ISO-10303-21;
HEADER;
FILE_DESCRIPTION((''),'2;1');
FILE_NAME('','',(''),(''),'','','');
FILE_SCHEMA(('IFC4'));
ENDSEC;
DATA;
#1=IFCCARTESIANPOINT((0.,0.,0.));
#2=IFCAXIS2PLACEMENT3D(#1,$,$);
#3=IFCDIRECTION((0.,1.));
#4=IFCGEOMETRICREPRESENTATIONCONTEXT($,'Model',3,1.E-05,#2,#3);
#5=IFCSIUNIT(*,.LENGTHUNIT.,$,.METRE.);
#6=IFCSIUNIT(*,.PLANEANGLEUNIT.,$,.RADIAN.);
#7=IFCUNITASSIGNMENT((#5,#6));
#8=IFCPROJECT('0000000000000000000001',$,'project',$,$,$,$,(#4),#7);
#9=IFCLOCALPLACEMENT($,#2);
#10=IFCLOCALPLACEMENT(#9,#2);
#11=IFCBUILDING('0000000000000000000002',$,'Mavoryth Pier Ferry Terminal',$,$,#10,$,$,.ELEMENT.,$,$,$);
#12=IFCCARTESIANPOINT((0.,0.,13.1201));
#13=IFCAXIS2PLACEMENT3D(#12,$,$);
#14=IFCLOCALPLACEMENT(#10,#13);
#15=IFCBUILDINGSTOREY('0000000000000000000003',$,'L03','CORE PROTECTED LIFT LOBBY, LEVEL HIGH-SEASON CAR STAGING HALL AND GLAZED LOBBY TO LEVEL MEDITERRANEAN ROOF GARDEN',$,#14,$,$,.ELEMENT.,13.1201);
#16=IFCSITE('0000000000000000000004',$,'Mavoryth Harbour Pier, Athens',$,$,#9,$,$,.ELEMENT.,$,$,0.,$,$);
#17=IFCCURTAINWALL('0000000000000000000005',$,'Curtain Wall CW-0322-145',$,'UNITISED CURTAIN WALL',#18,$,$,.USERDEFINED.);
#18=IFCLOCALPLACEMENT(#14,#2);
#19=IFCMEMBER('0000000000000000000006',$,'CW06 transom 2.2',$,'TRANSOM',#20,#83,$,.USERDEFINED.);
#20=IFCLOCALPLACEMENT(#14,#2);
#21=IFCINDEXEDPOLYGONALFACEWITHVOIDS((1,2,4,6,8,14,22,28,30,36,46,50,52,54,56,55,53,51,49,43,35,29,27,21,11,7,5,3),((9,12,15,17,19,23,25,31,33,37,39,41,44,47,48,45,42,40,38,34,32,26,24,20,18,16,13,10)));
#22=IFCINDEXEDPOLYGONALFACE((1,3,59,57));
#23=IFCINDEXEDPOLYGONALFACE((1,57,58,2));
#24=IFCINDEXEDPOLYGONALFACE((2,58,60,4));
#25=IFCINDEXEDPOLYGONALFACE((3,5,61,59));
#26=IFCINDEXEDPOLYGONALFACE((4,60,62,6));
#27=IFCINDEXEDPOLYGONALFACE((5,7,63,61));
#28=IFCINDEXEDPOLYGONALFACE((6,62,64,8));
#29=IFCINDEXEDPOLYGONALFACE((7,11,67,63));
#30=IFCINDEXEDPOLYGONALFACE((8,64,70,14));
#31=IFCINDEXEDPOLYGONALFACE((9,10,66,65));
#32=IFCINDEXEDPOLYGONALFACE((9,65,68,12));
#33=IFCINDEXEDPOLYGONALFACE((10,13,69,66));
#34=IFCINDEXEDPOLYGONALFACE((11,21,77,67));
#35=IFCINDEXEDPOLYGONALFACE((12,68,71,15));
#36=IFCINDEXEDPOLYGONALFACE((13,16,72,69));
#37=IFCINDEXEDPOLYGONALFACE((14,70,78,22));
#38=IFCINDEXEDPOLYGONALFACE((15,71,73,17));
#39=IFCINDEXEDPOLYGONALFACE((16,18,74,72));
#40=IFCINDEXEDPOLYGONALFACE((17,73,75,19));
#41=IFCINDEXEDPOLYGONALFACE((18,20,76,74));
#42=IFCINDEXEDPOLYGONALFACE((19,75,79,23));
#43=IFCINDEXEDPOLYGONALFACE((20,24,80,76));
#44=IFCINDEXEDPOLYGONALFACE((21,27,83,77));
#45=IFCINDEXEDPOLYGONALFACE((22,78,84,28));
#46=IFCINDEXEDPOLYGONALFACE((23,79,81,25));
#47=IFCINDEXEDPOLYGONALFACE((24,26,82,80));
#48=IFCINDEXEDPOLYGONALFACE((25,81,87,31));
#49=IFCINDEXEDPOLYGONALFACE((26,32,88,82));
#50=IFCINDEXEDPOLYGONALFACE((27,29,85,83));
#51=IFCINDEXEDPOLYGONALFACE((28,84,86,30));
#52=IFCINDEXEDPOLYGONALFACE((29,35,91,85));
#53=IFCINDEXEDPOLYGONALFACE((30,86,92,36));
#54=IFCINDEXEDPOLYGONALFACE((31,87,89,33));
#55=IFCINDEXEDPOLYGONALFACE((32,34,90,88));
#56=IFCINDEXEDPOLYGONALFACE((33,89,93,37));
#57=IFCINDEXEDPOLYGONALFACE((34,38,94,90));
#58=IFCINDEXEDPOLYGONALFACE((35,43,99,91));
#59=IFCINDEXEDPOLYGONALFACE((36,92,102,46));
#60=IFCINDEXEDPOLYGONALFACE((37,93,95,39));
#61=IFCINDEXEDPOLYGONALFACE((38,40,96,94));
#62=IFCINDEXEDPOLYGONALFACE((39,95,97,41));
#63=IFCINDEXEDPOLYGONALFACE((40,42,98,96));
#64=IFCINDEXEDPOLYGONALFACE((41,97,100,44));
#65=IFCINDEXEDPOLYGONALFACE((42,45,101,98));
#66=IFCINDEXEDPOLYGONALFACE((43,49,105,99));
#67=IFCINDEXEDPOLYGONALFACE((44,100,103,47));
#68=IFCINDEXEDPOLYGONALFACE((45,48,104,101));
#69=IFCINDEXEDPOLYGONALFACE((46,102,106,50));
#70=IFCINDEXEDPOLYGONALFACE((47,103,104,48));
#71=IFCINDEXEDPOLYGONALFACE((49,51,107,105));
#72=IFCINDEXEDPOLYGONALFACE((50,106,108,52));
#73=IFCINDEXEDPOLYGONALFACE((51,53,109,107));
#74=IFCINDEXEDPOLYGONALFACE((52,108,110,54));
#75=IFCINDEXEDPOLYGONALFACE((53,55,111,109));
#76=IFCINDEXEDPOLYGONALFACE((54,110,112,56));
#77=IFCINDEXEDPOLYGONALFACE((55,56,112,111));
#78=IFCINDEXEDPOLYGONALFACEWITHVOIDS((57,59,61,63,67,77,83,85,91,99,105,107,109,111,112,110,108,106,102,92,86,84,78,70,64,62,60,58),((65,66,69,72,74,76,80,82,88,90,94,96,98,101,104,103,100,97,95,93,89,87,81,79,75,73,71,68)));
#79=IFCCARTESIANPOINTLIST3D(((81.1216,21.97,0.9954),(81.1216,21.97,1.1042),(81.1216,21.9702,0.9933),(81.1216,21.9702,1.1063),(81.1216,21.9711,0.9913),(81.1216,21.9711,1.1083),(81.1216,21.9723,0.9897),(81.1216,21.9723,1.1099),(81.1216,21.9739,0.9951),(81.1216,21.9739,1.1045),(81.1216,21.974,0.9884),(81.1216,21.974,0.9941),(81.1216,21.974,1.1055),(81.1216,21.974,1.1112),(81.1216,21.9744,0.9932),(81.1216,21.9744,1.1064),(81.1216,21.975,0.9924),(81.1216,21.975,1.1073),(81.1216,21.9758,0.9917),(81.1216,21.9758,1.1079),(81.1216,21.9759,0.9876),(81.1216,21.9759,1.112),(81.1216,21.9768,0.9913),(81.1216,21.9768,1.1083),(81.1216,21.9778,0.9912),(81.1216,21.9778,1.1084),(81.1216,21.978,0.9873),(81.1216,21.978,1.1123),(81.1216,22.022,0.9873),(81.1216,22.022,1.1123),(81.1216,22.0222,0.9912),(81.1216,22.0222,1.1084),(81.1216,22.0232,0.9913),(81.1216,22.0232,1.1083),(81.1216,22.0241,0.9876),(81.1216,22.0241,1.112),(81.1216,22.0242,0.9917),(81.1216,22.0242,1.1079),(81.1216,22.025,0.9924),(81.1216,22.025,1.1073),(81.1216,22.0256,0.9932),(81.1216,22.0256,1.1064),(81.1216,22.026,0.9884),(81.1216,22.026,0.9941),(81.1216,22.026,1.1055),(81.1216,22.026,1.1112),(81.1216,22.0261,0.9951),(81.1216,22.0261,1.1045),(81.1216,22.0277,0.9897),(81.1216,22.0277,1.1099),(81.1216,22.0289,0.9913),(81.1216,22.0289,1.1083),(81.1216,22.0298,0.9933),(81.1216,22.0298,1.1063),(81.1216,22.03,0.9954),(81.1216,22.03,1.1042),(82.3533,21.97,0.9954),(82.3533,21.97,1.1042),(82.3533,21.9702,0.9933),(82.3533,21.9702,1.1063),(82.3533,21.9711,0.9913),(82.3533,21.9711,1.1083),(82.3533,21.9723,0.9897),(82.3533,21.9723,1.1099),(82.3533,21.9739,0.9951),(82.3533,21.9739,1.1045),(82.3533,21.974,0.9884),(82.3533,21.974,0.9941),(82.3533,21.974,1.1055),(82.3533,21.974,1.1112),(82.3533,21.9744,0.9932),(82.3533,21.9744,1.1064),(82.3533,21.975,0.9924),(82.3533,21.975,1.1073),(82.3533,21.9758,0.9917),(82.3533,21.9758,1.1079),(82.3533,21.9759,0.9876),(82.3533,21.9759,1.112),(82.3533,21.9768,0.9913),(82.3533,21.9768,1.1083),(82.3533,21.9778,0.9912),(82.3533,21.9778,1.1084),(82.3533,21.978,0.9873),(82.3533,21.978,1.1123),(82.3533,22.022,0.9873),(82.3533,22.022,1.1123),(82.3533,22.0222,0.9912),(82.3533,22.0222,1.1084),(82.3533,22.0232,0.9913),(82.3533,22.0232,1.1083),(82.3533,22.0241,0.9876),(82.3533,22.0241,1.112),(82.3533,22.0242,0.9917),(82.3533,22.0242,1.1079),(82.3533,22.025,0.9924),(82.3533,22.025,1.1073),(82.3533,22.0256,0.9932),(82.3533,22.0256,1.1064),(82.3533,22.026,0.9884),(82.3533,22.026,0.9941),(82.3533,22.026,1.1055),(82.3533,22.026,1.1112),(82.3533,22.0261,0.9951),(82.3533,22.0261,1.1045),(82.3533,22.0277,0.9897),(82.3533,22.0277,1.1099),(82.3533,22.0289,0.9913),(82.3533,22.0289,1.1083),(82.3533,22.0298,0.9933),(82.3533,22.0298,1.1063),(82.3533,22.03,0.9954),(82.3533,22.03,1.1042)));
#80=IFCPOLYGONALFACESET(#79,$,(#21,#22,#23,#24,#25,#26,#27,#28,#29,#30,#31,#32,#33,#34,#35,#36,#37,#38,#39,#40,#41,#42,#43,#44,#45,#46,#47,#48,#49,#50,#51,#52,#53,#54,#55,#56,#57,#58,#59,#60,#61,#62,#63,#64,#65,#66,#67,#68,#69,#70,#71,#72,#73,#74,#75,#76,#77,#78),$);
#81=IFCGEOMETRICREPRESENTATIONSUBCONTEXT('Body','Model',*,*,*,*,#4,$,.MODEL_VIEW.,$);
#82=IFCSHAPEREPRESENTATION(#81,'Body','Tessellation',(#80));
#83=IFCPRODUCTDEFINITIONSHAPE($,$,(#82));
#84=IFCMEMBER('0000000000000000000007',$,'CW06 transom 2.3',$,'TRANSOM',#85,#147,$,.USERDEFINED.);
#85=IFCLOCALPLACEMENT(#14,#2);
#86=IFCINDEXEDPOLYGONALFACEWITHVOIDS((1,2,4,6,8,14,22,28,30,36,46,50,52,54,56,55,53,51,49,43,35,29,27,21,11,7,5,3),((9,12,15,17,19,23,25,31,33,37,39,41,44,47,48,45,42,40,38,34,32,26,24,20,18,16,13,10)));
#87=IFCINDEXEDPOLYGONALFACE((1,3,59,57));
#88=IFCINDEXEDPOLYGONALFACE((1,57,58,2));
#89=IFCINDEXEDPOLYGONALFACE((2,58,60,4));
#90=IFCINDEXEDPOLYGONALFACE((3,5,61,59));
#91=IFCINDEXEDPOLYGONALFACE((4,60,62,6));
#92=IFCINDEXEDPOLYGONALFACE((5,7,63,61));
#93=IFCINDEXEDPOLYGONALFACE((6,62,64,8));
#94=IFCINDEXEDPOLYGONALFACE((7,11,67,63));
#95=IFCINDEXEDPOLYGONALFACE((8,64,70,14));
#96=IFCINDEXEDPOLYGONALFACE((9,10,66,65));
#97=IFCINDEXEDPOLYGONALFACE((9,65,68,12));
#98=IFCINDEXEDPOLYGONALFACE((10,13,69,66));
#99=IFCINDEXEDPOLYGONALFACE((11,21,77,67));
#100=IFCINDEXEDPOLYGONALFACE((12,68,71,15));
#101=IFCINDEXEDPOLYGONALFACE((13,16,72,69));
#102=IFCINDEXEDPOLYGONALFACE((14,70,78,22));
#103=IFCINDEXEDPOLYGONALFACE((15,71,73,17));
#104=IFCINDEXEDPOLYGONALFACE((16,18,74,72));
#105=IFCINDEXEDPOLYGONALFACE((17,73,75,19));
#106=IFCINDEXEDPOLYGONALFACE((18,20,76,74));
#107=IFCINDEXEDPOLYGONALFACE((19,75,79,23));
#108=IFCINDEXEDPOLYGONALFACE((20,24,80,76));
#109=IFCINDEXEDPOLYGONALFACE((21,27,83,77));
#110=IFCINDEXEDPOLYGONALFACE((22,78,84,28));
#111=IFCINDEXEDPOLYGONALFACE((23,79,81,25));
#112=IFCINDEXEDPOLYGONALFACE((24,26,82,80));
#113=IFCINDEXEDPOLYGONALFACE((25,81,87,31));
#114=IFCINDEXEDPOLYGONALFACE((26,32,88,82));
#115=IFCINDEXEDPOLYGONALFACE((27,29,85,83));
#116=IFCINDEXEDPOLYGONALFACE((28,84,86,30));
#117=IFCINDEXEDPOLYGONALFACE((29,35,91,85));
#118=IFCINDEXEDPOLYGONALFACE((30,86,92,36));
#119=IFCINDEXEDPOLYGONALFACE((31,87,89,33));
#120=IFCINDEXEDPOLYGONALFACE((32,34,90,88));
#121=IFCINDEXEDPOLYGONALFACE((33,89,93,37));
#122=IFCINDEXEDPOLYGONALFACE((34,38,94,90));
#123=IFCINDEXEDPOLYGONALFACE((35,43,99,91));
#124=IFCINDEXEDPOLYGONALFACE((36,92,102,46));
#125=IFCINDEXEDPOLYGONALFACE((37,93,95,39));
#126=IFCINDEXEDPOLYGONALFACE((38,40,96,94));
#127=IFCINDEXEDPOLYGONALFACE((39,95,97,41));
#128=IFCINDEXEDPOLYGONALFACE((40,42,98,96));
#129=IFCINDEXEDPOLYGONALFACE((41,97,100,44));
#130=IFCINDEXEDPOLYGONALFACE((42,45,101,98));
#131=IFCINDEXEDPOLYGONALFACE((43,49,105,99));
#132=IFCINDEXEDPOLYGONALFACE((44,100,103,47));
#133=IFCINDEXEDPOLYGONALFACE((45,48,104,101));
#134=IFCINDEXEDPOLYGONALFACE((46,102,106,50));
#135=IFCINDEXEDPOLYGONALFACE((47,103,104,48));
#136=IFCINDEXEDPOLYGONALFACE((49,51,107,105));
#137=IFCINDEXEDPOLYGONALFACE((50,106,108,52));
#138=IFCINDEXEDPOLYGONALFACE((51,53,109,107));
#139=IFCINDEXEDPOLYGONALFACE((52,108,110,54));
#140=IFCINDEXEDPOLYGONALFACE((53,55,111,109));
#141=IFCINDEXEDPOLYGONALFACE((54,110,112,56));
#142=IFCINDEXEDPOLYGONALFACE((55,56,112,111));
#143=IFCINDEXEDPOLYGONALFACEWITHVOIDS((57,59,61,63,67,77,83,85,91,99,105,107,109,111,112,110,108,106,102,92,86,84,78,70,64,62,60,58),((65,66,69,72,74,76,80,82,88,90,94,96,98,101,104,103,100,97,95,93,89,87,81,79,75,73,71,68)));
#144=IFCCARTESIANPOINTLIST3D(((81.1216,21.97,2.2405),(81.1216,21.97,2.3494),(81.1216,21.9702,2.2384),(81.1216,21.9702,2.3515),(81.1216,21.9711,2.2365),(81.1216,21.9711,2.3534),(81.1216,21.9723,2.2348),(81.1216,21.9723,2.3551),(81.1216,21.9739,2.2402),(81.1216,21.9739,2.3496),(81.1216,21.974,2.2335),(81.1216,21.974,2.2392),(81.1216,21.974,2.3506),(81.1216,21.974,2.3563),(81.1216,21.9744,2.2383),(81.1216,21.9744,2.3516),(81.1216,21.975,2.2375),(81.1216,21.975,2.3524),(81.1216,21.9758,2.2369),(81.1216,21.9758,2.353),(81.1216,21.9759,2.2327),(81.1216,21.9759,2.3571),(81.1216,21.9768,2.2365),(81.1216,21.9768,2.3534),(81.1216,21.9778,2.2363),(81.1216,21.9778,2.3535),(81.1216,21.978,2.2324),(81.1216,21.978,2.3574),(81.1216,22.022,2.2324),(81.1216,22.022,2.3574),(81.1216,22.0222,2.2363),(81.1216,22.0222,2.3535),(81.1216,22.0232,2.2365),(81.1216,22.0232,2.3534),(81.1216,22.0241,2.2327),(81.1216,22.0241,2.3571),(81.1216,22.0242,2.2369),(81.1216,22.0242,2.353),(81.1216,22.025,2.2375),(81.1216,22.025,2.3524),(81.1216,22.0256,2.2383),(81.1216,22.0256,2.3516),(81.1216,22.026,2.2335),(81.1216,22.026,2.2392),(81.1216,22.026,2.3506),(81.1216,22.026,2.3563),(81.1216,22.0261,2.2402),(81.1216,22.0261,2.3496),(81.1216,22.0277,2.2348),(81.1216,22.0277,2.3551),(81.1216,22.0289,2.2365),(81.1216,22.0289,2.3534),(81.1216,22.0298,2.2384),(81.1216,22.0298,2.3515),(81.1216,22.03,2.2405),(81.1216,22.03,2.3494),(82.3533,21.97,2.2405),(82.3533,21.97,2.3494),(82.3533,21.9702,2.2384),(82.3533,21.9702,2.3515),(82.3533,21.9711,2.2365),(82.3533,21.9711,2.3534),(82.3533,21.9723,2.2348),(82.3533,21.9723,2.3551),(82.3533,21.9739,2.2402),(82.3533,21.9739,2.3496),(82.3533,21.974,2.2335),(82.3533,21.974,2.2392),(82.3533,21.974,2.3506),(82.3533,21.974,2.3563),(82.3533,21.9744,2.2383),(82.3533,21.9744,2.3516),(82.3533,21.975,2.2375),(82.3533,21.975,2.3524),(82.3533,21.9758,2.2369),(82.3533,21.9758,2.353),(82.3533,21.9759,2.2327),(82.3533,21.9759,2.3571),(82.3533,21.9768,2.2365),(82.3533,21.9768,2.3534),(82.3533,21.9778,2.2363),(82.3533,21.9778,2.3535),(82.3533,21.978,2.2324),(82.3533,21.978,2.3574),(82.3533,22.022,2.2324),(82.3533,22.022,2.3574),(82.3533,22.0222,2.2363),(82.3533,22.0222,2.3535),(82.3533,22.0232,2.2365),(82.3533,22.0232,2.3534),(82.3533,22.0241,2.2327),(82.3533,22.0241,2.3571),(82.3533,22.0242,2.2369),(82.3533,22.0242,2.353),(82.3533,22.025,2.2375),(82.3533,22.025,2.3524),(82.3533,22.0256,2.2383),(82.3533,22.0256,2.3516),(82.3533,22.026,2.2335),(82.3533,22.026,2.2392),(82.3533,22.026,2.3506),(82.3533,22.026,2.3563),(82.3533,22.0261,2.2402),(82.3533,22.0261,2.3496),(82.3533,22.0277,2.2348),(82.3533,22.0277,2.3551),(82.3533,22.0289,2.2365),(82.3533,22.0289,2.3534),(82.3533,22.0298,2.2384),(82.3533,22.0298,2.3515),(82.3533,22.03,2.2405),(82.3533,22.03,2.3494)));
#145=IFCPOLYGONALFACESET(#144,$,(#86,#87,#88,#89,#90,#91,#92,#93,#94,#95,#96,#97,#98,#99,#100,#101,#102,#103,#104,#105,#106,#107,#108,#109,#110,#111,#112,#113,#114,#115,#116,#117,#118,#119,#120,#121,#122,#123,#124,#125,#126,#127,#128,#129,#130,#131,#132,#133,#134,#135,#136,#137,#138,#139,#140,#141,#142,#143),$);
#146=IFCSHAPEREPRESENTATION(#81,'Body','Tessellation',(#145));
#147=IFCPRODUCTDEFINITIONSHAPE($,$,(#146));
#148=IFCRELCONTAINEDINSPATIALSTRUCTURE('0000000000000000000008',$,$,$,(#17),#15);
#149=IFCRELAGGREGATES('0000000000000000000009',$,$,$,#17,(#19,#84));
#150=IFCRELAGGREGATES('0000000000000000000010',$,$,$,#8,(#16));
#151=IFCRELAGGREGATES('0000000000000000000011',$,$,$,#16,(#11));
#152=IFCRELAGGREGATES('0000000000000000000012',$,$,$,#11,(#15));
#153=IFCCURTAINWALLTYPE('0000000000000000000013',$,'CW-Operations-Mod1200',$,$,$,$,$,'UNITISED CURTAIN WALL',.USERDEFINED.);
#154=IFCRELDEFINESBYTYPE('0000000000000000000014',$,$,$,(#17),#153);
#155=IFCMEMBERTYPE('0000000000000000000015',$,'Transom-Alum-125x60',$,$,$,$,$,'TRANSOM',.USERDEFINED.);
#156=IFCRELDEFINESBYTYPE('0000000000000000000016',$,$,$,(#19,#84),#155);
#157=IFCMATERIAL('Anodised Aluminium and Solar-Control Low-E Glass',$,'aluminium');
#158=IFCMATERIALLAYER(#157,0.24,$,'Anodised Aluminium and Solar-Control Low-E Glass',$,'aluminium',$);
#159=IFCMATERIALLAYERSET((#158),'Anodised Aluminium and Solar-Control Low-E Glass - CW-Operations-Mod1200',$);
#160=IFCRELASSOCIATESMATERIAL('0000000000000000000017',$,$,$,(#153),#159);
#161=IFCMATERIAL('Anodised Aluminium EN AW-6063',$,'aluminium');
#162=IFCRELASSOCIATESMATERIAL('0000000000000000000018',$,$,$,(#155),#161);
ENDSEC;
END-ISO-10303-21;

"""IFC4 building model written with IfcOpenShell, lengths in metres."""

from ifc_helpers import new_model, si_unit, direction, frame, origin, origin_2d, place, context, subcontext, project, spatial, hollow_rectangle, extrude, material, layer, layer_set, material_profile, profile_set, type_object, element, aggregate, save


model = new_model("IFC4")

# Units and contexts
model_context = context("Model", 3, precision=1e-05, world=origin(), true_north=direction((0.0, 1.0)))
body_context = subcontext(model_context, "Body", "Model", "MODEL_VIEW")
ifc_project = project(units=[si_unit("LENGTHUNIT", "METRE"), si_unit("PLANEANGLEUNIT", "RADIAN")], contexts=[model_context])

# Site, building, storey
site_placement = place(None, origin())
site = spatial("IfcSite", under=ifc_project, at=site_placement, Name="Mavoryth Harbour Pier, Athens", CompositionType="ELEMENT", RefElevation=0.0)
building_placement = place(site_placement, origin())
building = spatial("IfcBuilding", under=site, at=building_placement, Name="Mavoryth Pier Ferry Terminal", CompositionType="ELEMENT")
storey_placement = place(building_placement, frame((0.0, 0.0, 13.1201)))
storey = spatial("IfcBuildingStorey", under=building, at=storey_placement, Name="L03", Description="CORE PROTECTED LIFT LOBBY, LEVEL HIGH-SEASON CAR STAGING HALL AND GLAZED LOBBY TO LEVEL MEDITERRANEAN ROOF GARDEN", CompositionType="ELEMENT", Elevation=13.1201)

# Curtain wall
ifc_material_1 = material(Name="Anodised Aluminium and Solar-Control Low-E Glass", Category="aluminium")
ifc_layer_1 = layer(ifc_material_1, 0.24, Name="Anodised Aluminium and Solar-Control Low-E Glass", Category="aluminium")
ifc_layer_set_1 = layer_set([ifc_layer_1], Name="Anodised Aluminium and Solar-Control Low-E Glass - CW-Operations-Mod1200")
curtain_wall_type = type_object("IfcCurtainWallType", Name="CW-Operations-Mod1200", ElementType="UNITISED CURTAIN WALL", PredefinedType="USERDEFINED", material=ifc_layer_set_1)
curtain_wall_placement = place(storey_placement, origin())
curtain_wall = element("IfcCurtainWall", 1, at=curtain_wall_placement, inside=storey, type_object=curtain_wall_type, Name="Curtain Wall CW-0322-145", ObjectType="UNITISED CURTAIN WALL", PredefinedType="USERDEFINED")
ifc_material_2 = material(Name="Anodised Aluminium EN AW-6063", Category="aluminium")

# Members
ifc_material_profile_1 = material_profile(ifc_material_2, hollow_rectangle(XDim=0.0601, YDim=0.125, WallThickness=0.0039, InnerFilletRadius=0.0039, OuterFilletRadius=0.0081, at=origin_2d()), Name="AL-TRAN 125x60x4", Category="aluminium")
ifc_profile_set_1 = profile_set([ifc_material_profile_1], Name="Anodised Aluminium EN AW-6063 - AL-TRAN 125x60x4")
member_type_1 = type_object("IfcMemberType", Name="Transom-Alum-125x60", ElementType="TRANSOM", PredefinedType="USERDEFINED", material=ifc_profile_set_1)
member_1_placement = place(storey_placement, frame((82.3533, 22.0, 1.0498), z_axis=(-1.0, 0.0, 0.0), x_axis=(0.0, -1.0, 0.0)))
member_1 = element("IfcMember", 2, at=member_1_placement, type_object=member_type_1, Name="CW06 transom 2.2", ObjectType="TRANSOM", PredefinedType="USERDEFINED", context=body_context, shape_type="SweptSolid", body=[
    extrude(hollow_rectangle(XDim=0.0601, YDim=0.125, WallThickness=0.0039, InnerFilletRadius=0.0039, OuterFilletRadius=0.0081, at=origin_2d()), origin(), (0.0, 0.0, 1.0), 1.2317),
])
member_2_placement = place(storey_placement, frame((82.3533, 22.0, 2.2949), z_axis=(-1.0, 0.0, 0.0), x_axis=(0.0, -1.0, 0.0)))
member_2 = element("IfcMember", 3, at=member_2_placement, type_object=member_type_1, Name="CW06 transom 2.3", ObjectType="TRANSOM", PredefinedType="USERDEFINED", context=body_context, shape_type="SweptSolid", body=[
    extrude(hollow_rectangle(XDim=0.0601, YDim=0.125, WallThickness=0.0039, InnerFilletRadius=0.0039, OuterFilletRadius=0.0081, at=origin_2d()), origin(), (0.0, 0.0, 1.0), 1.2317),
])

aggregate(curtain_wall, [member_1, member_2])

save(model, "model.ifc")
